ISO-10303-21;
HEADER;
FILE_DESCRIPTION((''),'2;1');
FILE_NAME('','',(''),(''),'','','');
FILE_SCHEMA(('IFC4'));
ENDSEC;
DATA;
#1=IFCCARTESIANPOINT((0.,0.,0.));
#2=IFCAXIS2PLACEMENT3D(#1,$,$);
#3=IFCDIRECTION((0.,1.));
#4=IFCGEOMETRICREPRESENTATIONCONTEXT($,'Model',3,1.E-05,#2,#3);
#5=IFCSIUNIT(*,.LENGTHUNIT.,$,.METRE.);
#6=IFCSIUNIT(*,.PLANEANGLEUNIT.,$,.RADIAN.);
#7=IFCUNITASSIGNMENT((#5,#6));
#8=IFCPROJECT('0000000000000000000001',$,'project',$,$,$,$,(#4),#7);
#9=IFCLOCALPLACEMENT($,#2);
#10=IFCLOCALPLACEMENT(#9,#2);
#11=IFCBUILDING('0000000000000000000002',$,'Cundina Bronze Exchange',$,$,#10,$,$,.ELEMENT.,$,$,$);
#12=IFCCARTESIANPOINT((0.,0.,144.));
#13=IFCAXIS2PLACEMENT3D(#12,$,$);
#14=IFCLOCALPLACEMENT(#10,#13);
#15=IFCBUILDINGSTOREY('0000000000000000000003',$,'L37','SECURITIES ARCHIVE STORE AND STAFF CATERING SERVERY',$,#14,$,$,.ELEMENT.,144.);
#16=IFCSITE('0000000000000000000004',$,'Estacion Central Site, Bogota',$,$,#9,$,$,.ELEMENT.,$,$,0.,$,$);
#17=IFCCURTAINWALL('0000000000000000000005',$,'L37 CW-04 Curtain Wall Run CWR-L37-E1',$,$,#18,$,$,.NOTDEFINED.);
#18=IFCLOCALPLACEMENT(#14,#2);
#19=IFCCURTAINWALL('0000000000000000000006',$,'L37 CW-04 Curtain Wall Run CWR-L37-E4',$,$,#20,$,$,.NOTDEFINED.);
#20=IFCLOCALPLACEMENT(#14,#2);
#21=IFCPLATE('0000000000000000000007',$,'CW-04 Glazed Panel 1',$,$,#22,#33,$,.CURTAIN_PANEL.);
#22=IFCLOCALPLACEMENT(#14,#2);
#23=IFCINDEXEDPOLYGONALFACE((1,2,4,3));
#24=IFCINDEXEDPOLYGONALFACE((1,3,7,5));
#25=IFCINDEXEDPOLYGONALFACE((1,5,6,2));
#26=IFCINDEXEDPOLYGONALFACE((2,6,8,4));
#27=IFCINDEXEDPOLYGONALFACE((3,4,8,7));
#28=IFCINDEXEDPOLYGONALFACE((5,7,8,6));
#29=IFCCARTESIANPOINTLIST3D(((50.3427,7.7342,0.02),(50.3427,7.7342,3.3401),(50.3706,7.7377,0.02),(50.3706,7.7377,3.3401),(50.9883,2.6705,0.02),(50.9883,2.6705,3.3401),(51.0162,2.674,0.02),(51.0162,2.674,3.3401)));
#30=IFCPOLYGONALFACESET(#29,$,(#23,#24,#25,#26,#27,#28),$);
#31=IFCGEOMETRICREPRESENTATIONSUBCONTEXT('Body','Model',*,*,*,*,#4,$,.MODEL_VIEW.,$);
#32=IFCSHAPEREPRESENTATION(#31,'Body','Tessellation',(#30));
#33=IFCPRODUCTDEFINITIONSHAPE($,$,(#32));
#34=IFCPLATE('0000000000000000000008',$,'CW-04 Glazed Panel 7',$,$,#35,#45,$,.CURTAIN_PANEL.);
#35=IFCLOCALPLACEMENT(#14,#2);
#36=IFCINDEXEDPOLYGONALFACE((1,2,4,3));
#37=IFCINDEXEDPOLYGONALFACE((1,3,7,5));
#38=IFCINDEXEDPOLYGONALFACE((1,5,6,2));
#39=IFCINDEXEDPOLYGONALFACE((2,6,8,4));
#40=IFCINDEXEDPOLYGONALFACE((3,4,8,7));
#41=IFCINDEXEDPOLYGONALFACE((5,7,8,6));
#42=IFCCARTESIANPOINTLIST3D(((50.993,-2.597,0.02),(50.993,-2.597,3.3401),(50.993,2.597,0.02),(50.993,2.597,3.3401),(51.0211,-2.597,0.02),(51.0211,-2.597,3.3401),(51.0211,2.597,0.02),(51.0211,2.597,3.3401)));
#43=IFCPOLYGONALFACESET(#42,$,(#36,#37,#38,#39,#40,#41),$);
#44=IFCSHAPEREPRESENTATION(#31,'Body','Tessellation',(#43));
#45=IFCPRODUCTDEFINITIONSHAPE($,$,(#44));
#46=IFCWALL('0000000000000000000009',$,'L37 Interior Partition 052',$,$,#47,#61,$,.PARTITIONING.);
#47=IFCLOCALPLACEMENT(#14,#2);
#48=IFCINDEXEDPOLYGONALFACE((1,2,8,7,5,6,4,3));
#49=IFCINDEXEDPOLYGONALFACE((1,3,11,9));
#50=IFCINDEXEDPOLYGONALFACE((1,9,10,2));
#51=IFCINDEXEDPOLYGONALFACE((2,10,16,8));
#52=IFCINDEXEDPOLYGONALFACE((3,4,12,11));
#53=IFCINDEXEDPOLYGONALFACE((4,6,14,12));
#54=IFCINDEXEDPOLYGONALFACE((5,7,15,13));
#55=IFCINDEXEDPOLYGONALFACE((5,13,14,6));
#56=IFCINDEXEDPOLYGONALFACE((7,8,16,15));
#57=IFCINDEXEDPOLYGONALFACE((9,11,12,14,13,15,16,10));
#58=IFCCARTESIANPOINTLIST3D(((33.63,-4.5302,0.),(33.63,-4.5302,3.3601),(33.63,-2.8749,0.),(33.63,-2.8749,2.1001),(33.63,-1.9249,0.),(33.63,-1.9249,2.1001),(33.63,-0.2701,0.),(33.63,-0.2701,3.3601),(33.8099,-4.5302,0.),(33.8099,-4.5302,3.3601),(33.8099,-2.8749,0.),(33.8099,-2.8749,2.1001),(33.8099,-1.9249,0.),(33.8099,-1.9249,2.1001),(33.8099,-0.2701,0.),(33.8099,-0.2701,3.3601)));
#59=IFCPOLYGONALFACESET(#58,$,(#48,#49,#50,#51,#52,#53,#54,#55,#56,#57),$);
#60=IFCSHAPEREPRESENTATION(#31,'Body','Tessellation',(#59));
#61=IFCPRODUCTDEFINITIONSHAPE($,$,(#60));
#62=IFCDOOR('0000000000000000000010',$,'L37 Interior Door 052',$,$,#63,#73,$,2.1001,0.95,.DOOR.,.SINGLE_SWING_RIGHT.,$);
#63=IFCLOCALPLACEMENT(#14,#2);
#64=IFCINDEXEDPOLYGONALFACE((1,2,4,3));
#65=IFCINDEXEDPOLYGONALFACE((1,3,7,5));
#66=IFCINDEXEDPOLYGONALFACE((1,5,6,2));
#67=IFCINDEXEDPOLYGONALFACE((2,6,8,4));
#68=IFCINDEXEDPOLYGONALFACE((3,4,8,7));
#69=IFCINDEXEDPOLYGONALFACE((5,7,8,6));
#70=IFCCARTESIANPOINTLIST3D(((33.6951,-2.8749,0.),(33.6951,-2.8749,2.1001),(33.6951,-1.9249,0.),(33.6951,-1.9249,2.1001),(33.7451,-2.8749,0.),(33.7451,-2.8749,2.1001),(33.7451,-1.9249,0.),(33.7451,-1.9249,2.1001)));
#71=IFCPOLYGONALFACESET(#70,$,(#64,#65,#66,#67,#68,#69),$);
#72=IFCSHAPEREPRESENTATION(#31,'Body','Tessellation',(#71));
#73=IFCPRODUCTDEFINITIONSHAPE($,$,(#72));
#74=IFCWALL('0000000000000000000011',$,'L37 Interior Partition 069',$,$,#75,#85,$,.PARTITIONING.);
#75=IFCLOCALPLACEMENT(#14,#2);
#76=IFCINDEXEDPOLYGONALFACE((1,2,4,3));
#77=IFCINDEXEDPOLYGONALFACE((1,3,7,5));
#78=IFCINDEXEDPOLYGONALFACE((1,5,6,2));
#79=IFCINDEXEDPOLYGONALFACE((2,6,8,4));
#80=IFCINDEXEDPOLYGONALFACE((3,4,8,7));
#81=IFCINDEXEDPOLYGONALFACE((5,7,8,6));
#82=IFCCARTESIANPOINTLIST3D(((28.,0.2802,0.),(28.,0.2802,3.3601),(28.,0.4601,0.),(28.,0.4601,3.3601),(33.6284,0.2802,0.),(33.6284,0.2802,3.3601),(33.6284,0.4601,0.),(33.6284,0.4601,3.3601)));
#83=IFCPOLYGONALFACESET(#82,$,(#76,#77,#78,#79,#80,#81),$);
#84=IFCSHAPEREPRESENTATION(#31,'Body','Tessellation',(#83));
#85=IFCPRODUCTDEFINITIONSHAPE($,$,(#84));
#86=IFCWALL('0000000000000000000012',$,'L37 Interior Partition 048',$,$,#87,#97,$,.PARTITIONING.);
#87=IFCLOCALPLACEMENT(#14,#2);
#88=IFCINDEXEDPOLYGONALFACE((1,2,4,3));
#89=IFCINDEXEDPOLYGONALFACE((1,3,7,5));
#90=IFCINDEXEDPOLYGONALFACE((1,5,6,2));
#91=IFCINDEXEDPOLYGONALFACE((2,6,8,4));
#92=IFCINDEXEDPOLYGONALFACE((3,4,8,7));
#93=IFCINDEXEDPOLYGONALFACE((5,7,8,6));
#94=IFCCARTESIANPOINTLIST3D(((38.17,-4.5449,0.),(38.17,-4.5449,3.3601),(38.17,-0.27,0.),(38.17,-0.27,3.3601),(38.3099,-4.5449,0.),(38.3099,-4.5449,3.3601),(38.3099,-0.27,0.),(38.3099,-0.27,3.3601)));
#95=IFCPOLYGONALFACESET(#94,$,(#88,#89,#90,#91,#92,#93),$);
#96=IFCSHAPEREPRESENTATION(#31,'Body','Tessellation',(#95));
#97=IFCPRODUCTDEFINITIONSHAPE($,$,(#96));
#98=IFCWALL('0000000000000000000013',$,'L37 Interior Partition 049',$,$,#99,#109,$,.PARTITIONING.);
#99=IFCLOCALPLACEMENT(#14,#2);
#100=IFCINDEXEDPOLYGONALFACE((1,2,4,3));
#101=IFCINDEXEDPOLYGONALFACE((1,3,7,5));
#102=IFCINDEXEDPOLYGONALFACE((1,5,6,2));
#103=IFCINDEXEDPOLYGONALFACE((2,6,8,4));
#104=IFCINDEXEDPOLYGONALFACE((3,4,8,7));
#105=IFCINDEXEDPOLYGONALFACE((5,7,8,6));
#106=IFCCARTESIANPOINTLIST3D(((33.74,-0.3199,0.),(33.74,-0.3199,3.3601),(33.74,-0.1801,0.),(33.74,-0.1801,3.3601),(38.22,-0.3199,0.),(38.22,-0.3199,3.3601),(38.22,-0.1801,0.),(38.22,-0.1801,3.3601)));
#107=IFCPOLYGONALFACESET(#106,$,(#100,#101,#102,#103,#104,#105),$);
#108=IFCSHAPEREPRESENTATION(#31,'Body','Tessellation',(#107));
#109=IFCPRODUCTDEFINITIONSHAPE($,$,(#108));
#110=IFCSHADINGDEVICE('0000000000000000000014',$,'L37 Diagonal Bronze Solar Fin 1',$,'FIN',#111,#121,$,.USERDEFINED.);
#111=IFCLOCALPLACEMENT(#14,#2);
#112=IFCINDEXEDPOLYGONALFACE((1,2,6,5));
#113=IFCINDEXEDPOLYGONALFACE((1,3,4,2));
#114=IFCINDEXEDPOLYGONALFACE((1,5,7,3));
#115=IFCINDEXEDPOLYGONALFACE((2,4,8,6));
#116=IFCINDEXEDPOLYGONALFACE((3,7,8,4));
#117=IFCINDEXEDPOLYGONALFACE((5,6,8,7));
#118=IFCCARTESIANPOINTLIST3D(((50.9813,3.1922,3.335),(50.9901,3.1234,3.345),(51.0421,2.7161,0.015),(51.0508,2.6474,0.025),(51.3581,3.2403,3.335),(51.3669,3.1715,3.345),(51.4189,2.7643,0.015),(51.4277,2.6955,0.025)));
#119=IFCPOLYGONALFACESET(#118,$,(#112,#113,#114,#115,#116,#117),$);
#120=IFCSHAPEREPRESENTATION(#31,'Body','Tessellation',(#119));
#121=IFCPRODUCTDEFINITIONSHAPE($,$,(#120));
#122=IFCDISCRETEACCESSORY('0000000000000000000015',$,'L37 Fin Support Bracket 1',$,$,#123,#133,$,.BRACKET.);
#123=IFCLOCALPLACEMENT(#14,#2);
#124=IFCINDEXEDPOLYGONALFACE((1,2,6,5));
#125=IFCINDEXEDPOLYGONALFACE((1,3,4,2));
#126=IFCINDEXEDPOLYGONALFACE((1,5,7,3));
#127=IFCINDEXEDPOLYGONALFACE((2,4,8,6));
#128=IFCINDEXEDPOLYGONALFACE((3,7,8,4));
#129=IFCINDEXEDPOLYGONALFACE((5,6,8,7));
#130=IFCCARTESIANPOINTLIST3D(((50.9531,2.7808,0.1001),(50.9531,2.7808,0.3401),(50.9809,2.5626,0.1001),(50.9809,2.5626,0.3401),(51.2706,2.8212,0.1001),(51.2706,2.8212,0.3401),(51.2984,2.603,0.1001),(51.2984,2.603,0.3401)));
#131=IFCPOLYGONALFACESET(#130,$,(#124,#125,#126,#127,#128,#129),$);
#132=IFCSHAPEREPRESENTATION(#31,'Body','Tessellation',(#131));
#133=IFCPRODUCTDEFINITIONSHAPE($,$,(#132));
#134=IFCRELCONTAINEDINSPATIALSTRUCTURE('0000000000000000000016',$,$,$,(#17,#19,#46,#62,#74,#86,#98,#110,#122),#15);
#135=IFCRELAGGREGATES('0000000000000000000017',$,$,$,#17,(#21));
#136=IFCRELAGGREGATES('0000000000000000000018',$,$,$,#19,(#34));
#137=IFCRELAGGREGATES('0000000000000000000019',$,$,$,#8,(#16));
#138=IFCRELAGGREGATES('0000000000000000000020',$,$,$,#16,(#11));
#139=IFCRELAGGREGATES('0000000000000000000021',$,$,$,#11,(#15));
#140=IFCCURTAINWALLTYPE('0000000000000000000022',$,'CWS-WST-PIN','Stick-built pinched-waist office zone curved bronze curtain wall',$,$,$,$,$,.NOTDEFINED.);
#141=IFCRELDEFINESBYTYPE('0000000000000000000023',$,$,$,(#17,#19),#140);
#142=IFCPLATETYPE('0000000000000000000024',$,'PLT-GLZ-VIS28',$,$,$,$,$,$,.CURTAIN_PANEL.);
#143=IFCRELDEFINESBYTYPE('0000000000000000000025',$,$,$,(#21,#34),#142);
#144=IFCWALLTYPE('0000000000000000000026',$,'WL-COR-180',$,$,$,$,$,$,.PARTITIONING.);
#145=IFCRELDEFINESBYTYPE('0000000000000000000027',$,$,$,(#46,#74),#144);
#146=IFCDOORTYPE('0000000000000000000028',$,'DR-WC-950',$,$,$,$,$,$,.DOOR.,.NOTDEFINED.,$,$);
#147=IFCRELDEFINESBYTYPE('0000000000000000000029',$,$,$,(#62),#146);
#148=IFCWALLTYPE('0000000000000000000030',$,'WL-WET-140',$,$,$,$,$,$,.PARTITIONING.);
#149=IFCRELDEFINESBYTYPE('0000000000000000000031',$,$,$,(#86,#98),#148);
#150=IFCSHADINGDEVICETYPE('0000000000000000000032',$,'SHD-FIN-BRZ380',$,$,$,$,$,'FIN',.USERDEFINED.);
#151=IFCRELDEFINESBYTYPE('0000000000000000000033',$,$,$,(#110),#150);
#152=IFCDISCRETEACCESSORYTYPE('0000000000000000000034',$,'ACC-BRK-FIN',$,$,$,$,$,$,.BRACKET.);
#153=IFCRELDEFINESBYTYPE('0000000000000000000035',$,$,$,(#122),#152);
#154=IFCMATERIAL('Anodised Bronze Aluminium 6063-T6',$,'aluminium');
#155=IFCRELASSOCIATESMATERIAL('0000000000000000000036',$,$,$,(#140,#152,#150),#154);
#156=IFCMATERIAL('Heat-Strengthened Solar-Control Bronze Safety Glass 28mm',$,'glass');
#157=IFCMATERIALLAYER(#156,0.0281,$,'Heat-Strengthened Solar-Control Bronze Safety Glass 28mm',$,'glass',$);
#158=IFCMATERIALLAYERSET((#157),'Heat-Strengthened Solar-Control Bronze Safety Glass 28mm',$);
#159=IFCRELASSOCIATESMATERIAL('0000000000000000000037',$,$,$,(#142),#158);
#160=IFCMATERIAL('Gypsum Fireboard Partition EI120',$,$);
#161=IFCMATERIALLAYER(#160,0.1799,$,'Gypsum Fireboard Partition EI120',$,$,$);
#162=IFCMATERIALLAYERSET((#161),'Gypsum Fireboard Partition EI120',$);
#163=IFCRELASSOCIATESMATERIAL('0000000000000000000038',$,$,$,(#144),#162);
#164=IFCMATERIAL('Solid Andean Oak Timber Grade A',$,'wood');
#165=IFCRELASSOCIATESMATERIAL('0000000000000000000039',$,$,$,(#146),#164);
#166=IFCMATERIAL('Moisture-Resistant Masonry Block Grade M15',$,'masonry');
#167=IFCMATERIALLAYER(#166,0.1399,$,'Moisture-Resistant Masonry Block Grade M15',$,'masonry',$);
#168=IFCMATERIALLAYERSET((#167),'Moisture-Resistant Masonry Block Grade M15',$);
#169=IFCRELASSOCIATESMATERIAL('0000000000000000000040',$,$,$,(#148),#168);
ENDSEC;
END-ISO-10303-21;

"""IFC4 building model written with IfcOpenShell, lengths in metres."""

from ifc_helpers import new_model, si_unit, direction, frame, frame_2d, origin, origin_2d, place, context, subcontext, project, spatial, rectangle, extrude, material, layer, layer_set, material_profile, profile_set, type_object, element, fill, aggregate, save


model = new_model("IFC4")

# Units and contexts
model_context = context("Model", 3, precision=1e-05, world=origin(), true_north=direction((0.0, 1.0)))
body_context = subcontext(model_context, "Body", "Model", "MODEL_VIEW")
ifc_project = project(units=[si_unit("LENGTHUNIT", "METRE"), si_unit("PLANEANGLEUNIT", "RADIAN")], contexts=[model_context])

# Site, building, storey
site_placement = place(None, origin())
site = spatial("IfcSite", under=ifc_project, at=site_placement, Name="Estacion Central Site, Bogota", CompositionType="ELEMENT", RefElevation=0.0)
building_placement = place(site_placement, origin())
building = spatial("IfcBuilding", under=site, at=building_placement, Name="Cundina Bronze Exchange", CompositionType="ELEMENT")
storey_placement = place(building_placement, frame((0.0, 0.0, 144.0)))
storey = spatial("IfcBuildingStorey", under=building, at=storey_placement, Name="L37", Description="SECURITIES ARCHIVE STORE AND STAFF CATERING SERVERY", CompositionType="ELEMENT", Elevation=144.0)

# Curtain walls
ifc_material_1 = material(Name="Anodised Bronze Aluminium 6063-T6", Category="aluminium")
curtain_wall_type = type_object("IfcCurtainWallType", Name="CWS-WST-PIN", Description="Stick-built pinched-waist office zone curved bronze curtain wall", PredefinedType="NOTDEFINED", material=ifc_material_1)
curtain_wall_1_placement = place(storey_placement, origin())
curtain_wall_1 = element("IfcCurtainWall", 1, at=curtain_wall_1_placement, inside=storey, type_object=curtain_wall_type, Name="L37 CW-04 Curtain Wall Run CWR-L37-E1", PredefinedType="NOTDEFINED")
curtain_wall_2_placement = place(storey_placement, origin())
curtain_wall_2 = element("IfcCurtainWall", 2, at=curtain_wall_2_placement, inside=storey, type_object=curtain_wall_type, Name="L37 CW-04 Curtain Wall Run CWR-L37-E4", PredefinedType="NOTDEFINED")

# Plates
ifc_material_2 = material(Name="Heat-Strengthened Solar-Control Bronze Safety Glass 28mm", Category="glass")
ifc_layer_1 = layer(ifc_material_2, 0.0281, Name="Heat-Strengthened Solar-Control Bronze Safety Glass 28mm", Category="glass")
ifc_layer_set_1 = layer_set([ifc_layer_1], Name="Heat-Strengthened Solar-Control Bronze Safety Glass 28mm")
plate_type = type_object("IfcPlateType", Name="PLT-GLZ-VIS28", PredefinedType="CURTAIN_PANEL", material=ifc_layer_set_1)
plate_1_placement = place(storey_placement, frame((50.6794, 5.2041, 0.02), z_axis=(0.0, 0.0, 1.0), x_axis=(-0.126476, 0.99197, 0.0)))
plate_1 = element("IfcPlate", 3, at=plate_1_placement, type_object=plate_type, Name="CW-04 Glazed Panel 1", PredefinedType="CURTAIN_PANEL", context=body_context, shape_type="SweptSolid", body=[
    extrude(rectangle(XDim=5.1047, YDim=0.0281, at=origin_2d()), origin(), (0.0, 0.0, 1.0), 3.3201),
])
aggregate(curtain_wall_1, [plate_1])
plate_2_placement = place(storey_placement, frame((51.0071, 0.0, 0.02), z_axis=(0.0, 0.0, 1.0), x_axis=(0.0, 1.0, 0.0)))
plate_2 = element("IfcPlate", 4, at=plate_2_placement, type_object=plate_type, Name="CW-04 Glazed Panel 7", PredefinedType="CURTAIN_PANEL", context=body_context, shape_type="SweptSolid", body=[
    extrude(rectangle(XDim=5.1941, YDim=0.0281, at=origin_2d()), origin(), (0.0, 0.0, 1.0), 3.3201),
])
aggregate(curtain_wall_2, [plate_2])

# Wall, opening, door
ifc_material_3 = material(Name="Gypsum Fireboard Partition EI120")
ifc_layer_2 = layer(ifc_material_3, 0.1799, Name="Gypsum Fireboard Partition EI120")
ifc_layer_set_2 = layer_set([ifc_layer_2], Name="Gypsum Fireboard Partition EI120")
wall_type_1 = type_object("IfcWallType", Name="WL-COR-180", PredefinedType="PARTITIONING", material=ifc_layer_set_2)
wall_1_placement = place(storey_placement, frame((33.72, -4.53, 0.0), z_axis=(0.0, 0.0, 1.0), x_axis=(0.0, 1.0, 0.0)))
wall_1 = element("IfcWall", 5, at=wall_1_placement, inside=storey, type_object=wall_type_1, Name="L37 Interior Partition 052", PredefinedType="PARTITIONING", context=body_context, shape_type="SweptSolid", body=[
    extrude(rectangle(XDim=4.26, YDim=0.1799, at=frame_2d((2.1299, 0.0))), origin(), (0.0, 0.0, 1.0), 3.3601),
])
opening_placement = place(wall_1_placement, frame((1.655, 0.0, 0.0)))
opening = element("IfcOpeningElement", 6, at=opening_placement, cuts=wall_1, PredefinedType="OPENING", context=body_context, shape_type="SweptSolid", body=[
    extrude(rectangle(XDim=0.95, YDim=2.1001, at=frame_2d((0.4751, 1.05))), frame((0.0, 0.0999, 0.0), z_axis=(0.0, -1.0, 0.0), x_axis=(1.0, 0.0, 0.0)), (0.0, 0.0, 1.0), 0.2),
])
ifc_material_4 = material(Name="Solid Andean Oak Timber Grade A", Category="wood")
door_type = type_object("IfcDoorType", Name="DR-WC-950", OperationType="NOTDEFINED", PredefinedType="DOOR", material=ifc_material_4)
door_placement = place(opening_placement, origin())
door = element("IfcDoor", 7, at=door_placement, inside=storey, type_object=door_type, Name="L37 Interior Door 052", OperationType="SINGLE_SWING_RIGHT", OverallHeight=2.1001, OverallWidth=0.95, PredefinedType="DOOR", context=body_context, shape_type="SweptSolid", body=[
    extrude(rectangle(XDim=0.95, YDim=2.1001, at=frame_2d((0.4751, 1.05))), frame((0.0, 0.0249, 0.0), z_axis=(0.0, -1.0, 0.0), x_axis=(1.0, 0.0, 0.0)), (0.0, 0.0, 1.0), 0.05),
])
fill(opening, door)

# Walls
wall_2_placement = place(storey_placement, frame((33.6284, 0.3701, 0.0), z_axis=(0.0, 0.0, 1.0), x_axis=(-1.0, 0.0, 0.0)))
element("IfcWall", 8, at=wall_2_placement, inside=storey, type_object=wall_type_1, Name="L37 Interior Partition 069", PredefinedType="PARTITIONING", context=body_context, shape_type="SweptSolid", body=[
    extrude(rectangle(XDim=5.6284, YDim=0.1799, at=frame_2d((2.8142, 0.0))), origin(), (0.0, 0.0, 1.0), 3.3601),
])
ifc_material_5 = material(Name="Moisture-Resistant Masonry Block Grade M15", Category="masonry")
ifc_layer_3 = layer(ifc_material_5, 0.1399, Name="Moisture-Resistant Masonry Block Grade M15", Category="masonry")
ifc_layer_set_3 = layer_set([ifc_layer_3], Name="Moisture-Resistant Masonry Block Grade M15")
wall_type_2 = type_object("IfcWallType", Name="WL-WET-140", PredefinedType="PARTITIONING", material=ifc_layer_set_3)
wall_3_placement = place(storey_placement, frame((38.24, -4.5449, 0.0), z_axis=(0.0, 0.0, 1.0), x_axis=(0.0, 1.0, 0.0)))
element("IfcWall", 9, at=wall_3_placement, inside=storey, type_object=wall_type_2, Name="L37 Interior Partition 048", PredefinedType="PARTITIONING", context=body_context, shape_type="SweptSolid", body=[
    extrude(rectangle(XDim=4.2749, YDim=0.1399, at=frame_2d((2.1375, 0.0))), origin(), (0.0, 0.0, 1.0), 3.3601),
])
wall_4_placement = place(storey_placement, frame((33.74, -0.25, 0.0), z_axis=(0.0, 0.0, 1.0), x_axis=(1.0, 0.0, 0.0)))
element("IfcWall", 10, at=wall_4_placement, inside=storey, type_object=wall_type_2, Name="L37 Interior Partition 049", PredefinedType="PARTITIONING", context=body_context, shape_type="SweptSolid", body=[
    extrude(rectangle(XDim=4.48, YDim=0.1399, at=frame_2d((2.24, 0.0))), origin(), (0.0, 0.0, 1.0), 3.3601),
])

# Shading device
ifc_material_profile_1 = material_profile(ifc_material_1, rectangle(XDim=0.0701, YDim=0.3799, at=origin_2d()), Name="FIN70X380", Category="aluminium")
ifc_profile_set_1 = profile_set([ifc_material_profile_1], Name="Anodised Bronze Aluminium 6063-T6")
shading_device_type = type_object("IfcShadingDeviceType", Name="SHD-FIN-BRZ380", ElementType="FIN", PredefinedType="USERDEFINED", material=ifc_profile_set_1)
shading_device_placement = place(storey_placement, frame((51.2349, 2.7058, 0.02), z_axis=(-0.018122, 0.141918, 0.989713), x_axis=(0.125361, -0.981741, 0.14307)))
element("IfcShadingDevice", 11, at=shading_device_placement, inside=storey, type_object=shading_device_type, Name="L37 Diagonal Bronze Solar Fin 1", ObjectType="FIN", PredefinedType="USERDEFINED", context=body_context, shape_type="SweptSolid", body=[
    extrude(rectangle(XDim=0.0701, YDim=0.3799, at=origin_2d()), origin(), (0.0, 0.0, 1.0), 3.3545),
])

# Discrete accessory
discrete_accessory_type = type_object("IfcDiscreteAccessoryType", Name="ACC-BRK-FIN", PredefinedType="BRACKET", material=ifc_material_1)
discrete_accessory_placement = place(storey_placement, frame((51.1257, 2.6919, 0.1001), z_axis=(0.0, 0.0, 1.0), x_axis=(-0.126476, 0.99197, 0.0)))
element("IfcDiscreteAccessory", 12, at=discrete_accessory_placement, inside=storey, type_object=discrete_accessory_type, Name="L37 Fin Support Bracket 1", PredefinedType="BRACKET", context=body_context, shape_type="SweptSolid", body=[
    extrude(rectangle(XDim=0.22, YDim=0.3201, at=origin_2d()), origin(), (0.0, 0.0, 1.0), 0.24),
])

save(model, "model.ifc")
